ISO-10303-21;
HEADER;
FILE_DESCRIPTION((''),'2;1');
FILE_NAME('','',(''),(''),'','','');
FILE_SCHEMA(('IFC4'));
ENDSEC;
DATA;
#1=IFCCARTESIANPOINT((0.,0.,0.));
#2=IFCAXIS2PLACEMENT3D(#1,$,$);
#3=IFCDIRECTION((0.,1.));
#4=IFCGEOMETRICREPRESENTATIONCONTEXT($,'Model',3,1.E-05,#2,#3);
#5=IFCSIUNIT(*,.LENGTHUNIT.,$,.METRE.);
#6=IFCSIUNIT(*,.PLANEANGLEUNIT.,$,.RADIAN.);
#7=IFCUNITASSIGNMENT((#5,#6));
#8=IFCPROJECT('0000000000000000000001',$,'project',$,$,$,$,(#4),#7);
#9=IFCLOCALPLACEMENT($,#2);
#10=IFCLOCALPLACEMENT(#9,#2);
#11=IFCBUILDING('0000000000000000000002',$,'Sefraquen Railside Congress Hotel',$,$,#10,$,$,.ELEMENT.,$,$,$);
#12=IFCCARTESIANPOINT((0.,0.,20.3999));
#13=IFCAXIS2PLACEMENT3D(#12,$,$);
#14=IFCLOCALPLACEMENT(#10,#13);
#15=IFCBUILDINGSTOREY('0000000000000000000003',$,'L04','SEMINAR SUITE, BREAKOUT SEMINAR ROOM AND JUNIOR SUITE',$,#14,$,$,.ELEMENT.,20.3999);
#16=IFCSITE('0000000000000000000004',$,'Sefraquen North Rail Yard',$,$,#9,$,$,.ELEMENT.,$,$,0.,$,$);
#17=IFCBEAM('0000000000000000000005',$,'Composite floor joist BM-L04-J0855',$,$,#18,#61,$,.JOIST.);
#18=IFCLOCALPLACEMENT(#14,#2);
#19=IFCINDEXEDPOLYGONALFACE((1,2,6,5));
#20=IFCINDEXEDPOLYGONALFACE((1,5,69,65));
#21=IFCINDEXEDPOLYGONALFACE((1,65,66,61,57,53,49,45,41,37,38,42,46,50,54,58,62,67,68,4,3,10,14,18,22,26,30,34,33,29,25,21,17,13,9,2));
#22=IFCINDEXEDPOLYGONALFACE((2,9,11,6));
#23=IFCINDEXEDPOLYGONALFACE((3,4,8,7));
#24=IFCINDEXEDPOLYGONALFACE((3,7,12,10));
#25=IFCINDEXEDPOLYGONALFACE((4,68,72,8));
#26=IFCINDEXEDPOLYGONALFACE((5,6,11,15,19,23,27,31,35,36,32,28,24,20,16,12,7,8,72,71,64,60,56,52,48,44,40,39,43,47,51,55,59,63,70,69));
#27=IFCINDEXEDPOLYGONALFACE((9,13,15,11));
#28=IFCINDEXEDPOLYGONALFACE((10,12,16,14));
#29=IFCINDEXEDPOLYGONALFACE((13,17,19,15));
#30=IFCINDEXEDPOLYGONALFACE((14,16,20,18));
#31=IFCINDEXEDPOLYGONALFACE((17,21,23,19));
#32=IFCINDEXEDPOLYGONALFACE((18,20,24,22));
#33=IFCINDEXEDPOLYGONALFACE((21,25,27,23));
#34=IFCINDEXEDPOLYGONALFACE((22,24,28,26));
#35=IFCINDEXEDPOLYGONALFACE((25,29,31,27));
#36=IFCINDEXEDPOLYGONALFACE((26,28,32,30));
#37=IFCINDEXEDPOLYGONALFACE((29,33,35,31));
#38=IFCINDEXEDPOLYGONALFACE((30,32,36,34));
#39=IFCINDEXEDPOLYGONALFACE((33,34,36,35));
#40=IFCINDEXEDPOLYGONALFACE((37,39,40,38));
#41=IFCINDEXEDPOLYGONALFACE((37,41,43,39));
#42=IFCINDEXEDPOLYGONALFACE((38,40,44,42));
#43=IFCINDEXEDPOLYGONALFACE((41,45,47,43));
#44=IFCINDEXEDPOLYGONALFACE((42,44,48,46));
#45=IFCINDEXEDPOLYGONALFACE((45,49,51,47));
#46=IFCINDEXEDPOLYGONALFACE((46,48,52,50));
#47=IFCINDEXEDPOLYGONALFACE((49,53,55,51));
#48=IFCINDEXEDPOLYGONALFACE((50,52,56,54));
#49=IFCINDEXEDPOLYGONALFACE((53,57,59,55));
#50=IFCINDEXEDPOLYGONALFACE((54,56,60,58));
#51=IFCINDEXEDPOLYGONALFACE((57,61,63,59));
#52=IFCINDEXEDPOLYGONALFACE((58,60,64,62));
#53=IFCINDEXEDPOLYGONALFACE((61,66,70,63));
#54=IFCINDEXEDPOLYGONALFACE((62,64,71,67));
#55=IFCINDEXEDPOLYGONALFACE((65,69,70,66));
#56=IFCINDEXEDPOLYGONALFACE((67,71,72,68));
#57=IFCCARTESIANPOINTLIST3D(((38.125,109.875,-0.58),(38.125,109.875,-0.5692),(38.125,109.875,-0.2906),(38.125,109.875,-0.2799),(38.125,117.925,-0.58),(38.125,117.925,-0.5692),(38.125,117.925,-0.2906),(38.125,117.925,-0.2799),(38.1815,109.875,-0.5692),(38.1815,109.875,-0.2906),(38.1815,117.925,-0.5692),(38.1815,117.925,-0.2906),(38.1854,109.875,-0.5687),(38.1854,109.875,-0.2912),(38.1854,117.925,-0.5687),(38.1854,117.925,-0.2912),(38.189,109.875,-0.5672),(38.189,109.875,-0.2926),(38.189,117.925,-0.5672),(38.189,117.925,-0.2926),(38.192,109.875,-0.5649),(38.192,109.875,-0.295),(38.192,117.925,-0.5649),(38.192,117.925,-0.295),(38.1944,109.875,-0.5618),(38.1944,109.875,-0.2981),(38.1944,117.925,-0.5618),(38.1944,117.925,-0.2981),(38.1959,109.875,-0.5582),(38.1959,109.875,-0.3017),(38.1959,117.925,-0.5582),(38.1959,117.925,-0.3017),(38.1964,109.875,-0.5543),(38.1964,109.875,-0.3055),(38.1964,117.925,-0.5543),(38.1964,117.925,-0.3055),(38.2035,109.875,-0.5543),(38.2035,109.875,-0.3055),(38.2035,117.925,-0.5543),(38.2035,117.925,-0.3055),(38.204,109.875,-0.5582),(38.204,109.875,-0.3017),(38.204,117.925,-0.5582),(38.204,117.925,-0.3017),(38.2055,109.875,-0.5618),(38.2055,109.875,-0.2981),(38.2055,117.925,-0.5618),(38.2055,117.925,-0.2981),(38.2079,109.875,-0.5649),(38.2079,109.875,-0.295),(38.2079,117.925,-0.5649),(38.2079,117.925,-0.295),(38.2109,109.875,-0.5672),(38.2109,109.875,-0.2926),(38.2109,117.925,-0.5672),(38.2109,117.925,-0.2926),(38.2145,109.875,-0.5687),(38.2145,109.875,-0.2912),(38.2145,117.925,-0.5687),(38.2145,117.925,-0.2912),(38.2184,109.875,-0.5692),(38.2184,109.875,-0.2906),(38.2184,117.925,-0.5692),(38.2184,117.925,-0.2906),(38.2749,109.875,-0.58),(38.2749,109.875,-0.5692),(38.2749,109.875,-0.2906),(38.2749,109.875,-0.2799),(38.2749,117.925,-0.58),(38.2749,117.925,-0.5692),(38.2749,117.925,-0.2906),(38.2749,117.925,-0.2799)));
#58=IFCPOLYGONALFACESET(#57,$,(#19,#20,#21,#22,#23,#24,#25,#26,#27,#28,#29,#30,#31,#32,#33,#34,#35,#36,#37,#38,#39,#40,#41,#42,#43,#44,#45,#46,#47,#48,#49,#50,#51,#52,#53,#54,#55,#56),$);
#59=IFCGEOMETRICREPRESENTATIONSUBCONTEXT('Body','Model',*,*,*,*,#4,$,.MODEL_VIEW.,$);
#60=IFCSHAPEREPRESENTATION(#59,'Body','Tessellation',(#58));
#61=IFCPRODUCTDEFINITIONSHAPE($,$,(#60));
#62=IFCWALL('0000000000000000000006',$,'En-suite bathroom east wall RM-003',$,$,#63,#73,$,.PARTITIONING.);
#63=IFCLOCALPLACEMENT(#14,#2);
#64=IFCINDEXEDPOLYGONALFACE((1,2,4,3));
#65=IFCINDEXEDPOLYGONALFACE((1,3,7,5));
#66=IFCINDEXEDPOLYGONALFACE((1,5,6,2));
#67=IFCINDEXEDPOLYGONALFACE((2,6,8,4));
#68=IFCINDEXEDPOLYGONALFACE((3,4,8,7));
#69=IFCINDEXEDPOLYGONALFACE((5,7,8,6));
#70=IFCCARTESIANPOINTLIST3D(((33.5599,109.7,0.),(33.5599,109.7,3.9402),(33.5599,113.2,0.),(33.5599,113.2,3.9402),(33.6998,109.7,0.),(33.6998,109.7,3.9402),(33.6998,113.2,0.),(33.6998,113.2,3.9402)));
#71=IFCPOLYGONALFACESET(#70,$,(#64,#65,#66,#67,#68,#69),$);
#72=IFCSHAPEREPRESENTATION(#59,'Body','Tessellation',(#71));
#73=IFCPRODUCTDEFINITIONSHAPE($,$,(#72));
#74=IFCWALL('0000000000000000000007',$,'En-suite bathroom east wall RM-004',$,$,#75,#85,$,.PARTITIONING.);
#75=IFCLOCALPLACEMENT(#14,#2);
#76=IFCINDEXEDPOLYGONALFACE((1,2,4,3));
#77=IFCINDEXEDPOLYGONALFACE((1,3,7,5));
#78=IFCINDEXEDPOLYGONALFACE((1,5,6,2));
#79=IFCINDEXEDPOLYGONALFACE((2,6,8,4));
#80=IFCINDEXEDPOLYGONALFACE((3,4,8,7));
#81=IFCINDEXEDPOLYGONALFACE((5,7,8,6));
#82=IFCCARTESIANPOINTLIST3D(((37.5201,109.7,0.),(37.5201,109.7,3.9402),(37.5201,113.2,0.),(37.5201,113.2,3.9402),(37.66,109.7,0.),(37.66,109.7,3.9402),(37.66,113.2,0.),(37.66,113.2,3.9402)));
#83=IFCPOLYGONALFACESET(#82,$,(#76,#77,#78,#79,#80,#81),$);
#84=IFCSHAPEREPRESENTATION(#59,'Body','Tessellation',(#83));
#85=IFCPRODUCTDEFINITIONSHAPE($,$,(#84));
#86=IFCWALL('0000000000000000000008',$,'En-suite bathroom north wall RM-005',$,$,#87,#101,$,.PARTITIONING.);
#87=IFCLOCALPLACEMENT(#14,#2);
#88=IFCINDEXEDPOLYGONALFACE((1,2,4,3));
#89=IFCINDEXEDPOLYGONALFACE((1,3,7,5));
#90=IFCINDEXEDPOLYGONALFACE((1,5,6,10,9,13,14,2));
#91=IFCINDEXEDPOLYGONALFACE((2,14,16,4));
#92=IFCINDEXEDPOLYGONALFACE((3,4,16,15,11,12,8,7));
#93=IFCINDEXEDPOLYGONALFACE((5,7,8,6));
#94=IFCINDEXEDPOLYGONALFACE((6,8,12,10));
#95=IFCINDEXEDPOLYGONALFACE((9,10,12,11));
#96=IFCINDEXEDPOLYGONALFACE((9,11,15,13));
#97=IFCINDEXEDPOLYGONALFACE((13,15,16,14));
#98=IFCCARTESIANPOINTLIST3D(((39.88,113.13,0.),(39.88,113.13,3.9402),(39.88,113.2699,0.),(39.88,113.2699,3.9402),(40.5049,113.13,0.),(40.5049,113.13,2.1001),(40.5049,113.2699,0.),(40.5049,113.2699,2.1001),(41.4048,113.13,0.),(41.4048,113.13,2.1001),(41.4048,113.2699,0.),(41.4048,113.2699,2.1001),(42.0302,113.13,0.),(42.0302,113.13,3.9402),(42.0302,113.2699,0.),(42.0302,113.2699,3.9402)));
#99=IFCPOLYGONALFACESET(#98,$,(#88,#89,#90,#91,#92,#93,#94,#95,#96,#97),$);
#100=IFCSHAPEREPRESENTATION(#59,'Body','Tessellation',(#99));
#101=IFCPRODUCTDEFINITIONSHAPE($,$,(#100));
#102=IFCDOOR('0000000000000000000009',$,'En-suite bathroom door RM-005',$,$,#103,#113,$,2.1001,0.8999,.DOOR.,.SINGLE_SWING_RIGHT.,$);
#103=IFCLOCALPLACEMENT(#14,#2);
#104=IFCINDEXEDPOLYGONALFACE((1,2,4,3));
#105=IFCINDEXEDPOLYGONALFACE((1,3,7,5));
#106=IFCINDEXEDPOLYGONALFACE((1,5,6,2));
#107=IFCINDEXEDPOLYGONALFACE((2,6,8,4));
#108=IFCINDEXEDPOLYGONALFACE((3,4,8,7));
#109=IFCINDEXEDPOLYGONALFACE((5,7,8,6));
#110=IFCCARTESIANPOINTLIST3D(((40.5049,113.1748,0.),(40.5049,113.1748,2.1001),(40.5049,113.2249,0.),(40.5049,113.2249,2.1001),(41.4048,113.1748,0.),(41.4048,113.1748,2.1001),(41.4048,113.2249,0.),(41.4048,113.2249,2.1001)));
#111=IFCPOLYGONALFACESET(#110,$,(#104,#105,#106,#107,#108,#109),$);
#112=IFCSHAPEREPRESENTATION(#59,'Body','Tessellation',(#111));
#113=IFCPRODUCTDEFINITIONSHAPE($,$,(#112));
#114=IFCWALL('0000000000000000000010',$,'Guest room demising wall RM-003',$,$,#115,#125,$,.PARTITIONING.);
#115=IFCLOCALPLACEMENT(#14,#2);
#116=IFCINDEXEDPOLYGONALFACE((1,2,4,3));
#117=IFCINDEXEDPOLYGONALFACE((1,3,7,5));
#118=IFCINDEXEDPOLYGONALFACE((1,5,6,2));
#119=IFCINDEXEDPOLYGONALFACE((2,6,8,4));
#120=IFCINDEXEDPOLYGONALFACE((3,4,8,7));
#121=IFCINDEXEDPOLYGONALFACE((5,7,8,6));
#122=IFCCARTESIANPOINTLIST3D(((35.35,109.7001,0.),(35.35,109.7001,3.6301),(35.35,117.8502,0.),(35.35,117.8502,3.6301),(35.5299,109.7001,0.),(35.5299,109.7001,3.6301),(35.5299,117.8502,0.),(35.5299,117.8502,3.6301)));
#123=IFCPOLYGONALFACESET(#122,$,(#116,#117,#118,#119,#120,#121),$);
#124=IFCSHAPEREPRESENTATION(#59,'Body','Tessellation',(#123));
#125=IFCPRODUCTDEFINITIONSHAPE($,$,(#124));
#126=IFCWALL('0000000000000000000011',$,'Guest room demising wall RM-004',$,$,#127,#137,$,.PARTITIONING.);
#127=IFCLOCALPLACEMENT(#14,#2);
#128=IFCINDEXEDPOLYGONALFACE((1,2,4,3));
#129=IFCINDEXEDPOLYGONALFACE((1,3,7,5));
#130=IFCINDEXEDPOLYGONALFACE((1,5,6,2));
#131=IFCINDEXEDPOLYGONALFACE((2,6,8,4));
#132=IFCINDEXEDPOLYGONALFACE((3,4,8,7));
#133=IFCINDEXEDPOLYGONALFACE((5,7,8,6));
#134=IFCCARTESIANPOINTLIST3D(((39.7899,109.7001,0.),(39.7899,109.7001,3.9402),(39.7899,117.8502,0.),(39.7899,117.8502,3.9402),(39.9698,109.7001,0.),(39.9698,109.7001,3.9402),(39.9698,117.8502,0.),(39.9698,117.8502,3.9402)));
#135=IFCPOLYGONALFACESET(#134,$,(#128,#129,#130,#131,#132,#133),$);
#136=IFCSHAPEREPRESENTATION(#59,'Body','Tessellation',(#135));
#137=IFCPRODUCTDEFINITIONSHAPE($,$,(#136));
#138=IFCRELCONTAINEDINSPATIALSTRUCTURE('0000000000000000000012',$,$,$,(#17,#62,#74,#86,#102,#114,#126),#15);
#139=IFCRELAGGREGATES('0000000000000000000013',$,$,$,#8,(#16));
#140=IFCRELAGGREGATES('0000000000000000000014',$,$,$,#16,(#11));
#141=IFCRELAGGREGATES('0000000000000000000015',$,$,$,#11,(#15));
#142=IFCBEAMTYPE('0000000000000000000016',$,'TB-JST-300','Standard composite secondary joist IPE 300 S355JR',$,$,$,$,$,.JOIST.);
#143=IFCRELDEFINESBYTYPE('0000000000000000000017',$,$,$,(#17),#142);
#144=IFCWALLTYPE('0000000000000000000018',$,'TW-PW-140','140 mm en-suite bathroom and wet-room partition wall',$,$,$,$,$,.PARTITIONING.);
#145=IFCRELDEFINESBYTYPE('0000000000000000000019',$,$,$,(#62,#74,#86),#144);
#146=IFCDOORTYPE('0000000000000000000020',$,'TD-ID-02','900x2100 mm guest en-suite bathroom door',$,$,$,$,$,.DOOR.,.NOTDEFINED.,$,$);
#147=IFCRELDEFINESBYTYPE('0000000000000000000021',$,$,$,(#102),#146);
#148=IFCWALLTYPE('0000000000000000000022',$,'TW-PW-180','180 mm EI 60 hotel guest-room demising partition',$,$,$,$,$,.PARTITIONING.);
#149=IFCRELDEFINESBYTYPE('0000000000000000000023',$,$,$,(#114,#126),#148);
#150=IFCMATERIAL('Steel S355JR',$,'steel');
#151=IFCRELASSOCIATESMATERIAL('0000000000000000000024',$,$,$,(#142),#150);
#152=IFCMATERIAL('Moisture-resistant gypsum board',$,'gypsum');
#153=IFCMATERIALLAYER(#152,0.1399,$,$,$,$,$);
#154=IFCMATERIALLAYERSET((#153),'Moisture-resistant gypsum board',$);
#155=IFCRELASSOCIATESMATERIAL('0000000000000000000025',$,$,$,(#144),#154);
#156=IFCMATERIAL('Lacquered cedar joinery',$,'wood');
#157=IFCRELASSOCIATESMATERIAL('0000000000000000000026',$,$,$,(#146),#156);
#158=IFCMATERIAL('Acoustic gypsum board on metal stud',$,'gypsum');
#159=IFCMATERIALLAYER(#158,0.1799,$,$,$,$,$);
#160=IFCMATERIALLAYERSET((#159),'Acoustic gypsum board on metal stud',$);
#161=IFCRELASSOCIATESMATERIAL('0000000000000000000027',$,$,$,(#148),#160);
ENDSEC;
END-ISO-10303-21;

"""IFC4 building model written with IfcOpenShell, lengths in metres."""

from ifc_helpers import new_model, si_unit, direction, frame, frame_2d, origin, origin_2d, place, context, subcontext, project, spatial, rectangle, i_section, extrude, material, layer, layer_set, material_profile, profile_set, type_object, element, fill, save


model = new_model("IFC4")

# Units and contexts
model_context = context("Model", 3, precision=1e-05, world=origin(), true_north=direction((0.0, 1.0)))
body_context = subcontext(model_context, "Body", "Model", "MODEL_VIEW")
ifc_project = project(units=[si_unit("LENGTHUNIT", "METRE"), si_unit("PLANEANGLEUNIT", "RADIAN")], contexts=[model_context])

# Site, building, storey
site_placement = place(None, origin())
site = spatial("IfcSite", under=ifc_project, at=site_placement, Name="Sefraquen North Rail Yard", CompositionType="ELEMENT", RefElevation=0.0)
building_placement = place(site_placement, origin())
building = spatial("IfcBuilding", under=site, at=building_placement, Name="Sefraquen Railside Congress Hotel", CompositionType="ELEMENT")
storey_placement = place(building_placement, frame((0.0, 0.0, 20.3999)))
storey = spatial("IfcBuildingStorey", under=building, at=storey_placement, Name="L04", Description="SEMINAR SUITE, BREAKOUT SEMINAR ROOM AND JUNIOR SUITE", CompositionType="ELEMENT", Elevation=20.3999)

# Shared definitions
ifc_material_1 = material(Name="Steel S355JR", Category="steel")

# Beam
ifc_material_profile_1 = material_profile(ifc_material_1, i_section(OverallWidth=0.1499, OverallDepth=0.3, WebThickness=0.0071, FlangeThickness=0.0107, FilletRadius=0.0149, at=origin_2d()), Name="IPE 300")
ifc_profile_set_1 = profile_set([ifc_material_profile_1], Name="Steel S355JR")
beam_type_1 = type_object("IfcBeamType", Name="TB-JST-300", Description="Standard composite secondary joist IPE 300 S355JR", PredefinedType="JOIST", material=ifc_profile_set_1)
for number, where, z_axis, x_axis, name in (
    (1, (38.2, 109.875, -0.4299), (0.0, 1.0, 0.0), (-1.0, 0.0, 0.0), "Composite floor joist BM-L04-J0855"),
):
    element("IfcBeam", number, at=place(storey_placement, frame(where, z_axis=z_axis, x_axis=x_axis)), inside=storey, type_object=beam_type_1, Name=name, PredefinedType="JOIST", context=body_context, shape_type="SweptSolid", body=[
        extrude(i_section(OverallWidth=0.1499, OverallDepth=0.3, WebThickness=0.0071, FlangeThickness=0.0107, FilletRadius=0.0149, at=origin_2d()), origin(), (0.0, 0.0, 1.0), 8.05),
    ])

# Walls
ifc_material_2 = material(Name="Moisture-resistant gypsum board", Category="gypsum")
ifc_layer_1 = layer(ifc_material_2, 0.1399)
ifc_layer_set_1 = layer_set([ifc_layer_1], Name="Moisture-resistant gypsum board")
wall_type_1 = type_object("IfcWallType", Name="TW-PW-140", Description="140 mm en-suite bathroom and wet-room partition wall", PredefinedType="PARTITIONING", material=ifc_layer_set_1)
for number, where, z_axis, x_axis, name in (
    (2, (33.6299, 109.7, 0.0), (0.0, 0.0, 1.0), (0.0, 1.0, 0.0), "En-suite bathroom east wall RM-003"),
    (3, (37.5901, 109.7, 0.0), (0.0, 0.0, 1.0), (0.0, 1.0, 0.0), "En-suite bathroom east wall RM-004"),
):
    element("IfcWall", number, at=place(storey_placement, frame(where, z_axis=z_axis, x_axis=x_axis)), inside=storey, type_object=wall_type_1, Name=name, PredefinedType="PARTITIONING", context=body_context, shape_type="SweptSolid", body=[
        extrude(rectangle(XDim=3.5, YDim=0.1399, at=frame_2d((1.75, 0.0))), origin(), (0.0, 0.0, 1.0), 3.9402),
    ])

# Wall, opening, door
ifc_material_3 = material(Name="Lacquered cedar joinery", Category="wood")
wall_1_placement = place(storey_placement, frame((39.8799, 113.2, 0.0), z_axis=(0.0, 0.0, 1.0), x_axis=(1.0, 0.0, 0.0)))
wall_1 = element("IfcWall", 4, at=wall_1_placement, inside=storey, type_object=wall_type_1, Name="En-suite bathroom north wall RM-005", PredefinedType="PARTITIONING", context=body_context, shape_type="SweptSolid", body=[
    extrude(rectangle(XDim=2.1501, YDim=0.1399, at=frame_2d((1.0752, 0.0))), origin(), (0.0, 0.0, 1.0), 3.9402),
])
opening_1_placement = place(wall_1_placement, frame((0.625, 0.0, 0.0)))
opening_1 = element("IfcOpeningElement", 5, at=opening_1_placement, cuts=wall_1, PredefinedType="OPENING", context=body_context, shape_type="SweptSolid", body=[
    extrude(rectangle(XDim=0.8999, YDim=2.1001, at=frame_2d((0.45, 1.05))), frame((0.0, 0.0798, 0.0), z_axis=(0.0, -1.0, 0.0), x_axis=(1.0, 0.0, 0.0)), (0.0, 0.0, 1.0), 0.1599),
])
door_type_1 = type_object("IfcDoorType", Name="TD-ID-02", Description="900x2100 mm guest en-suite bathroom door", OperationType="NOTDEFINED", PredefinedType="DOOR", material=ifc_material_3)
door_1_placement = place(opening_1_placement, origin())
door_1 = element("IfcDoor", 6, at=door_1_placement, inside=storey, type_object=door_type_1, Name="En-suite bathroom door RM-005", OperationType="SINGLE_SWING_RIGHT", OverallHeight=2.1001, OverallWidth=0.8999, PredefinedType="DOOR", context=body_context, shape_type="SweptSolid", body=[
    extrude(rectangle(XDim=0.8999, YDim=2.1001, at=frame_2d((0.45, 1.05))), frame((0.0, 0.0249, 0.0), z_axis=(0.0, -1.0, 0.0), x_axis=(1.0, 0.0, 0.0)), (0.0, 0.0, 1.0), 0.05),
])
fill(opening_1, door_1)

# Walls
ifc_material_4 = material(Name="Acoustic gypsum board on metal stud", Category="gypsum")
ifc_layer_2 = layer(ifc_material_4, 0.1799)
ifc_layer_set_2 = layer_set([ifc_layer_2], Name="Acoustic gypsum board on metal stud")
wall_type_2 = type_object("IfcWallType", Name="TW-PW-180", Description="180 mm EI 60 hotel guest-room demising partition", PredefinedType="PARTITIONING", material=ifc_layer_set_2)
wall_2_placement = place(storey_placement, frame((35.4399, 109.7, 0.0), z_axis=(0.0, 0.0, 1.0), x_axis=(0.0, 1.0, 0.0)))
element("IfcWall", 7, at=wall_2_placement, inside=storey, type_object=wall_type_2, Name="Guest room demising wall RM-003", PredefinedType="PARTITIONING", context=body_context, shape_type="SweptSolid", body=[
    extrude(rectangle(XDim=8.1501, YDim=0.1799, at=frame_2d((4.0752, 0.0))), origin(), (0.0, 0.0, 1.0), 3.6301),
])
wall_3_placement = place(storey_placement, frame((39.8799, 109.7, 0.0), z_axis=(0.0, 0.0, 1.0), x_axis=(0.0, 1.0, 0.0)))
element("IfcWall", 8, at=wall_3_placement, inside=storey, type_object=wall_type_2, Name="Guest room demising wall RM-004", PredefinedType="PARTITIONING", context=body_context, shape_type="SweptSolid", body=[
    extrude(rectangle(XDim=8.1501, YDim=0.1799, at=frame_2d((4.0752, 0.0))), origin(), (0.0, 0.0, 1.0), 3.9402),
])

save(model, "model.ifc")
